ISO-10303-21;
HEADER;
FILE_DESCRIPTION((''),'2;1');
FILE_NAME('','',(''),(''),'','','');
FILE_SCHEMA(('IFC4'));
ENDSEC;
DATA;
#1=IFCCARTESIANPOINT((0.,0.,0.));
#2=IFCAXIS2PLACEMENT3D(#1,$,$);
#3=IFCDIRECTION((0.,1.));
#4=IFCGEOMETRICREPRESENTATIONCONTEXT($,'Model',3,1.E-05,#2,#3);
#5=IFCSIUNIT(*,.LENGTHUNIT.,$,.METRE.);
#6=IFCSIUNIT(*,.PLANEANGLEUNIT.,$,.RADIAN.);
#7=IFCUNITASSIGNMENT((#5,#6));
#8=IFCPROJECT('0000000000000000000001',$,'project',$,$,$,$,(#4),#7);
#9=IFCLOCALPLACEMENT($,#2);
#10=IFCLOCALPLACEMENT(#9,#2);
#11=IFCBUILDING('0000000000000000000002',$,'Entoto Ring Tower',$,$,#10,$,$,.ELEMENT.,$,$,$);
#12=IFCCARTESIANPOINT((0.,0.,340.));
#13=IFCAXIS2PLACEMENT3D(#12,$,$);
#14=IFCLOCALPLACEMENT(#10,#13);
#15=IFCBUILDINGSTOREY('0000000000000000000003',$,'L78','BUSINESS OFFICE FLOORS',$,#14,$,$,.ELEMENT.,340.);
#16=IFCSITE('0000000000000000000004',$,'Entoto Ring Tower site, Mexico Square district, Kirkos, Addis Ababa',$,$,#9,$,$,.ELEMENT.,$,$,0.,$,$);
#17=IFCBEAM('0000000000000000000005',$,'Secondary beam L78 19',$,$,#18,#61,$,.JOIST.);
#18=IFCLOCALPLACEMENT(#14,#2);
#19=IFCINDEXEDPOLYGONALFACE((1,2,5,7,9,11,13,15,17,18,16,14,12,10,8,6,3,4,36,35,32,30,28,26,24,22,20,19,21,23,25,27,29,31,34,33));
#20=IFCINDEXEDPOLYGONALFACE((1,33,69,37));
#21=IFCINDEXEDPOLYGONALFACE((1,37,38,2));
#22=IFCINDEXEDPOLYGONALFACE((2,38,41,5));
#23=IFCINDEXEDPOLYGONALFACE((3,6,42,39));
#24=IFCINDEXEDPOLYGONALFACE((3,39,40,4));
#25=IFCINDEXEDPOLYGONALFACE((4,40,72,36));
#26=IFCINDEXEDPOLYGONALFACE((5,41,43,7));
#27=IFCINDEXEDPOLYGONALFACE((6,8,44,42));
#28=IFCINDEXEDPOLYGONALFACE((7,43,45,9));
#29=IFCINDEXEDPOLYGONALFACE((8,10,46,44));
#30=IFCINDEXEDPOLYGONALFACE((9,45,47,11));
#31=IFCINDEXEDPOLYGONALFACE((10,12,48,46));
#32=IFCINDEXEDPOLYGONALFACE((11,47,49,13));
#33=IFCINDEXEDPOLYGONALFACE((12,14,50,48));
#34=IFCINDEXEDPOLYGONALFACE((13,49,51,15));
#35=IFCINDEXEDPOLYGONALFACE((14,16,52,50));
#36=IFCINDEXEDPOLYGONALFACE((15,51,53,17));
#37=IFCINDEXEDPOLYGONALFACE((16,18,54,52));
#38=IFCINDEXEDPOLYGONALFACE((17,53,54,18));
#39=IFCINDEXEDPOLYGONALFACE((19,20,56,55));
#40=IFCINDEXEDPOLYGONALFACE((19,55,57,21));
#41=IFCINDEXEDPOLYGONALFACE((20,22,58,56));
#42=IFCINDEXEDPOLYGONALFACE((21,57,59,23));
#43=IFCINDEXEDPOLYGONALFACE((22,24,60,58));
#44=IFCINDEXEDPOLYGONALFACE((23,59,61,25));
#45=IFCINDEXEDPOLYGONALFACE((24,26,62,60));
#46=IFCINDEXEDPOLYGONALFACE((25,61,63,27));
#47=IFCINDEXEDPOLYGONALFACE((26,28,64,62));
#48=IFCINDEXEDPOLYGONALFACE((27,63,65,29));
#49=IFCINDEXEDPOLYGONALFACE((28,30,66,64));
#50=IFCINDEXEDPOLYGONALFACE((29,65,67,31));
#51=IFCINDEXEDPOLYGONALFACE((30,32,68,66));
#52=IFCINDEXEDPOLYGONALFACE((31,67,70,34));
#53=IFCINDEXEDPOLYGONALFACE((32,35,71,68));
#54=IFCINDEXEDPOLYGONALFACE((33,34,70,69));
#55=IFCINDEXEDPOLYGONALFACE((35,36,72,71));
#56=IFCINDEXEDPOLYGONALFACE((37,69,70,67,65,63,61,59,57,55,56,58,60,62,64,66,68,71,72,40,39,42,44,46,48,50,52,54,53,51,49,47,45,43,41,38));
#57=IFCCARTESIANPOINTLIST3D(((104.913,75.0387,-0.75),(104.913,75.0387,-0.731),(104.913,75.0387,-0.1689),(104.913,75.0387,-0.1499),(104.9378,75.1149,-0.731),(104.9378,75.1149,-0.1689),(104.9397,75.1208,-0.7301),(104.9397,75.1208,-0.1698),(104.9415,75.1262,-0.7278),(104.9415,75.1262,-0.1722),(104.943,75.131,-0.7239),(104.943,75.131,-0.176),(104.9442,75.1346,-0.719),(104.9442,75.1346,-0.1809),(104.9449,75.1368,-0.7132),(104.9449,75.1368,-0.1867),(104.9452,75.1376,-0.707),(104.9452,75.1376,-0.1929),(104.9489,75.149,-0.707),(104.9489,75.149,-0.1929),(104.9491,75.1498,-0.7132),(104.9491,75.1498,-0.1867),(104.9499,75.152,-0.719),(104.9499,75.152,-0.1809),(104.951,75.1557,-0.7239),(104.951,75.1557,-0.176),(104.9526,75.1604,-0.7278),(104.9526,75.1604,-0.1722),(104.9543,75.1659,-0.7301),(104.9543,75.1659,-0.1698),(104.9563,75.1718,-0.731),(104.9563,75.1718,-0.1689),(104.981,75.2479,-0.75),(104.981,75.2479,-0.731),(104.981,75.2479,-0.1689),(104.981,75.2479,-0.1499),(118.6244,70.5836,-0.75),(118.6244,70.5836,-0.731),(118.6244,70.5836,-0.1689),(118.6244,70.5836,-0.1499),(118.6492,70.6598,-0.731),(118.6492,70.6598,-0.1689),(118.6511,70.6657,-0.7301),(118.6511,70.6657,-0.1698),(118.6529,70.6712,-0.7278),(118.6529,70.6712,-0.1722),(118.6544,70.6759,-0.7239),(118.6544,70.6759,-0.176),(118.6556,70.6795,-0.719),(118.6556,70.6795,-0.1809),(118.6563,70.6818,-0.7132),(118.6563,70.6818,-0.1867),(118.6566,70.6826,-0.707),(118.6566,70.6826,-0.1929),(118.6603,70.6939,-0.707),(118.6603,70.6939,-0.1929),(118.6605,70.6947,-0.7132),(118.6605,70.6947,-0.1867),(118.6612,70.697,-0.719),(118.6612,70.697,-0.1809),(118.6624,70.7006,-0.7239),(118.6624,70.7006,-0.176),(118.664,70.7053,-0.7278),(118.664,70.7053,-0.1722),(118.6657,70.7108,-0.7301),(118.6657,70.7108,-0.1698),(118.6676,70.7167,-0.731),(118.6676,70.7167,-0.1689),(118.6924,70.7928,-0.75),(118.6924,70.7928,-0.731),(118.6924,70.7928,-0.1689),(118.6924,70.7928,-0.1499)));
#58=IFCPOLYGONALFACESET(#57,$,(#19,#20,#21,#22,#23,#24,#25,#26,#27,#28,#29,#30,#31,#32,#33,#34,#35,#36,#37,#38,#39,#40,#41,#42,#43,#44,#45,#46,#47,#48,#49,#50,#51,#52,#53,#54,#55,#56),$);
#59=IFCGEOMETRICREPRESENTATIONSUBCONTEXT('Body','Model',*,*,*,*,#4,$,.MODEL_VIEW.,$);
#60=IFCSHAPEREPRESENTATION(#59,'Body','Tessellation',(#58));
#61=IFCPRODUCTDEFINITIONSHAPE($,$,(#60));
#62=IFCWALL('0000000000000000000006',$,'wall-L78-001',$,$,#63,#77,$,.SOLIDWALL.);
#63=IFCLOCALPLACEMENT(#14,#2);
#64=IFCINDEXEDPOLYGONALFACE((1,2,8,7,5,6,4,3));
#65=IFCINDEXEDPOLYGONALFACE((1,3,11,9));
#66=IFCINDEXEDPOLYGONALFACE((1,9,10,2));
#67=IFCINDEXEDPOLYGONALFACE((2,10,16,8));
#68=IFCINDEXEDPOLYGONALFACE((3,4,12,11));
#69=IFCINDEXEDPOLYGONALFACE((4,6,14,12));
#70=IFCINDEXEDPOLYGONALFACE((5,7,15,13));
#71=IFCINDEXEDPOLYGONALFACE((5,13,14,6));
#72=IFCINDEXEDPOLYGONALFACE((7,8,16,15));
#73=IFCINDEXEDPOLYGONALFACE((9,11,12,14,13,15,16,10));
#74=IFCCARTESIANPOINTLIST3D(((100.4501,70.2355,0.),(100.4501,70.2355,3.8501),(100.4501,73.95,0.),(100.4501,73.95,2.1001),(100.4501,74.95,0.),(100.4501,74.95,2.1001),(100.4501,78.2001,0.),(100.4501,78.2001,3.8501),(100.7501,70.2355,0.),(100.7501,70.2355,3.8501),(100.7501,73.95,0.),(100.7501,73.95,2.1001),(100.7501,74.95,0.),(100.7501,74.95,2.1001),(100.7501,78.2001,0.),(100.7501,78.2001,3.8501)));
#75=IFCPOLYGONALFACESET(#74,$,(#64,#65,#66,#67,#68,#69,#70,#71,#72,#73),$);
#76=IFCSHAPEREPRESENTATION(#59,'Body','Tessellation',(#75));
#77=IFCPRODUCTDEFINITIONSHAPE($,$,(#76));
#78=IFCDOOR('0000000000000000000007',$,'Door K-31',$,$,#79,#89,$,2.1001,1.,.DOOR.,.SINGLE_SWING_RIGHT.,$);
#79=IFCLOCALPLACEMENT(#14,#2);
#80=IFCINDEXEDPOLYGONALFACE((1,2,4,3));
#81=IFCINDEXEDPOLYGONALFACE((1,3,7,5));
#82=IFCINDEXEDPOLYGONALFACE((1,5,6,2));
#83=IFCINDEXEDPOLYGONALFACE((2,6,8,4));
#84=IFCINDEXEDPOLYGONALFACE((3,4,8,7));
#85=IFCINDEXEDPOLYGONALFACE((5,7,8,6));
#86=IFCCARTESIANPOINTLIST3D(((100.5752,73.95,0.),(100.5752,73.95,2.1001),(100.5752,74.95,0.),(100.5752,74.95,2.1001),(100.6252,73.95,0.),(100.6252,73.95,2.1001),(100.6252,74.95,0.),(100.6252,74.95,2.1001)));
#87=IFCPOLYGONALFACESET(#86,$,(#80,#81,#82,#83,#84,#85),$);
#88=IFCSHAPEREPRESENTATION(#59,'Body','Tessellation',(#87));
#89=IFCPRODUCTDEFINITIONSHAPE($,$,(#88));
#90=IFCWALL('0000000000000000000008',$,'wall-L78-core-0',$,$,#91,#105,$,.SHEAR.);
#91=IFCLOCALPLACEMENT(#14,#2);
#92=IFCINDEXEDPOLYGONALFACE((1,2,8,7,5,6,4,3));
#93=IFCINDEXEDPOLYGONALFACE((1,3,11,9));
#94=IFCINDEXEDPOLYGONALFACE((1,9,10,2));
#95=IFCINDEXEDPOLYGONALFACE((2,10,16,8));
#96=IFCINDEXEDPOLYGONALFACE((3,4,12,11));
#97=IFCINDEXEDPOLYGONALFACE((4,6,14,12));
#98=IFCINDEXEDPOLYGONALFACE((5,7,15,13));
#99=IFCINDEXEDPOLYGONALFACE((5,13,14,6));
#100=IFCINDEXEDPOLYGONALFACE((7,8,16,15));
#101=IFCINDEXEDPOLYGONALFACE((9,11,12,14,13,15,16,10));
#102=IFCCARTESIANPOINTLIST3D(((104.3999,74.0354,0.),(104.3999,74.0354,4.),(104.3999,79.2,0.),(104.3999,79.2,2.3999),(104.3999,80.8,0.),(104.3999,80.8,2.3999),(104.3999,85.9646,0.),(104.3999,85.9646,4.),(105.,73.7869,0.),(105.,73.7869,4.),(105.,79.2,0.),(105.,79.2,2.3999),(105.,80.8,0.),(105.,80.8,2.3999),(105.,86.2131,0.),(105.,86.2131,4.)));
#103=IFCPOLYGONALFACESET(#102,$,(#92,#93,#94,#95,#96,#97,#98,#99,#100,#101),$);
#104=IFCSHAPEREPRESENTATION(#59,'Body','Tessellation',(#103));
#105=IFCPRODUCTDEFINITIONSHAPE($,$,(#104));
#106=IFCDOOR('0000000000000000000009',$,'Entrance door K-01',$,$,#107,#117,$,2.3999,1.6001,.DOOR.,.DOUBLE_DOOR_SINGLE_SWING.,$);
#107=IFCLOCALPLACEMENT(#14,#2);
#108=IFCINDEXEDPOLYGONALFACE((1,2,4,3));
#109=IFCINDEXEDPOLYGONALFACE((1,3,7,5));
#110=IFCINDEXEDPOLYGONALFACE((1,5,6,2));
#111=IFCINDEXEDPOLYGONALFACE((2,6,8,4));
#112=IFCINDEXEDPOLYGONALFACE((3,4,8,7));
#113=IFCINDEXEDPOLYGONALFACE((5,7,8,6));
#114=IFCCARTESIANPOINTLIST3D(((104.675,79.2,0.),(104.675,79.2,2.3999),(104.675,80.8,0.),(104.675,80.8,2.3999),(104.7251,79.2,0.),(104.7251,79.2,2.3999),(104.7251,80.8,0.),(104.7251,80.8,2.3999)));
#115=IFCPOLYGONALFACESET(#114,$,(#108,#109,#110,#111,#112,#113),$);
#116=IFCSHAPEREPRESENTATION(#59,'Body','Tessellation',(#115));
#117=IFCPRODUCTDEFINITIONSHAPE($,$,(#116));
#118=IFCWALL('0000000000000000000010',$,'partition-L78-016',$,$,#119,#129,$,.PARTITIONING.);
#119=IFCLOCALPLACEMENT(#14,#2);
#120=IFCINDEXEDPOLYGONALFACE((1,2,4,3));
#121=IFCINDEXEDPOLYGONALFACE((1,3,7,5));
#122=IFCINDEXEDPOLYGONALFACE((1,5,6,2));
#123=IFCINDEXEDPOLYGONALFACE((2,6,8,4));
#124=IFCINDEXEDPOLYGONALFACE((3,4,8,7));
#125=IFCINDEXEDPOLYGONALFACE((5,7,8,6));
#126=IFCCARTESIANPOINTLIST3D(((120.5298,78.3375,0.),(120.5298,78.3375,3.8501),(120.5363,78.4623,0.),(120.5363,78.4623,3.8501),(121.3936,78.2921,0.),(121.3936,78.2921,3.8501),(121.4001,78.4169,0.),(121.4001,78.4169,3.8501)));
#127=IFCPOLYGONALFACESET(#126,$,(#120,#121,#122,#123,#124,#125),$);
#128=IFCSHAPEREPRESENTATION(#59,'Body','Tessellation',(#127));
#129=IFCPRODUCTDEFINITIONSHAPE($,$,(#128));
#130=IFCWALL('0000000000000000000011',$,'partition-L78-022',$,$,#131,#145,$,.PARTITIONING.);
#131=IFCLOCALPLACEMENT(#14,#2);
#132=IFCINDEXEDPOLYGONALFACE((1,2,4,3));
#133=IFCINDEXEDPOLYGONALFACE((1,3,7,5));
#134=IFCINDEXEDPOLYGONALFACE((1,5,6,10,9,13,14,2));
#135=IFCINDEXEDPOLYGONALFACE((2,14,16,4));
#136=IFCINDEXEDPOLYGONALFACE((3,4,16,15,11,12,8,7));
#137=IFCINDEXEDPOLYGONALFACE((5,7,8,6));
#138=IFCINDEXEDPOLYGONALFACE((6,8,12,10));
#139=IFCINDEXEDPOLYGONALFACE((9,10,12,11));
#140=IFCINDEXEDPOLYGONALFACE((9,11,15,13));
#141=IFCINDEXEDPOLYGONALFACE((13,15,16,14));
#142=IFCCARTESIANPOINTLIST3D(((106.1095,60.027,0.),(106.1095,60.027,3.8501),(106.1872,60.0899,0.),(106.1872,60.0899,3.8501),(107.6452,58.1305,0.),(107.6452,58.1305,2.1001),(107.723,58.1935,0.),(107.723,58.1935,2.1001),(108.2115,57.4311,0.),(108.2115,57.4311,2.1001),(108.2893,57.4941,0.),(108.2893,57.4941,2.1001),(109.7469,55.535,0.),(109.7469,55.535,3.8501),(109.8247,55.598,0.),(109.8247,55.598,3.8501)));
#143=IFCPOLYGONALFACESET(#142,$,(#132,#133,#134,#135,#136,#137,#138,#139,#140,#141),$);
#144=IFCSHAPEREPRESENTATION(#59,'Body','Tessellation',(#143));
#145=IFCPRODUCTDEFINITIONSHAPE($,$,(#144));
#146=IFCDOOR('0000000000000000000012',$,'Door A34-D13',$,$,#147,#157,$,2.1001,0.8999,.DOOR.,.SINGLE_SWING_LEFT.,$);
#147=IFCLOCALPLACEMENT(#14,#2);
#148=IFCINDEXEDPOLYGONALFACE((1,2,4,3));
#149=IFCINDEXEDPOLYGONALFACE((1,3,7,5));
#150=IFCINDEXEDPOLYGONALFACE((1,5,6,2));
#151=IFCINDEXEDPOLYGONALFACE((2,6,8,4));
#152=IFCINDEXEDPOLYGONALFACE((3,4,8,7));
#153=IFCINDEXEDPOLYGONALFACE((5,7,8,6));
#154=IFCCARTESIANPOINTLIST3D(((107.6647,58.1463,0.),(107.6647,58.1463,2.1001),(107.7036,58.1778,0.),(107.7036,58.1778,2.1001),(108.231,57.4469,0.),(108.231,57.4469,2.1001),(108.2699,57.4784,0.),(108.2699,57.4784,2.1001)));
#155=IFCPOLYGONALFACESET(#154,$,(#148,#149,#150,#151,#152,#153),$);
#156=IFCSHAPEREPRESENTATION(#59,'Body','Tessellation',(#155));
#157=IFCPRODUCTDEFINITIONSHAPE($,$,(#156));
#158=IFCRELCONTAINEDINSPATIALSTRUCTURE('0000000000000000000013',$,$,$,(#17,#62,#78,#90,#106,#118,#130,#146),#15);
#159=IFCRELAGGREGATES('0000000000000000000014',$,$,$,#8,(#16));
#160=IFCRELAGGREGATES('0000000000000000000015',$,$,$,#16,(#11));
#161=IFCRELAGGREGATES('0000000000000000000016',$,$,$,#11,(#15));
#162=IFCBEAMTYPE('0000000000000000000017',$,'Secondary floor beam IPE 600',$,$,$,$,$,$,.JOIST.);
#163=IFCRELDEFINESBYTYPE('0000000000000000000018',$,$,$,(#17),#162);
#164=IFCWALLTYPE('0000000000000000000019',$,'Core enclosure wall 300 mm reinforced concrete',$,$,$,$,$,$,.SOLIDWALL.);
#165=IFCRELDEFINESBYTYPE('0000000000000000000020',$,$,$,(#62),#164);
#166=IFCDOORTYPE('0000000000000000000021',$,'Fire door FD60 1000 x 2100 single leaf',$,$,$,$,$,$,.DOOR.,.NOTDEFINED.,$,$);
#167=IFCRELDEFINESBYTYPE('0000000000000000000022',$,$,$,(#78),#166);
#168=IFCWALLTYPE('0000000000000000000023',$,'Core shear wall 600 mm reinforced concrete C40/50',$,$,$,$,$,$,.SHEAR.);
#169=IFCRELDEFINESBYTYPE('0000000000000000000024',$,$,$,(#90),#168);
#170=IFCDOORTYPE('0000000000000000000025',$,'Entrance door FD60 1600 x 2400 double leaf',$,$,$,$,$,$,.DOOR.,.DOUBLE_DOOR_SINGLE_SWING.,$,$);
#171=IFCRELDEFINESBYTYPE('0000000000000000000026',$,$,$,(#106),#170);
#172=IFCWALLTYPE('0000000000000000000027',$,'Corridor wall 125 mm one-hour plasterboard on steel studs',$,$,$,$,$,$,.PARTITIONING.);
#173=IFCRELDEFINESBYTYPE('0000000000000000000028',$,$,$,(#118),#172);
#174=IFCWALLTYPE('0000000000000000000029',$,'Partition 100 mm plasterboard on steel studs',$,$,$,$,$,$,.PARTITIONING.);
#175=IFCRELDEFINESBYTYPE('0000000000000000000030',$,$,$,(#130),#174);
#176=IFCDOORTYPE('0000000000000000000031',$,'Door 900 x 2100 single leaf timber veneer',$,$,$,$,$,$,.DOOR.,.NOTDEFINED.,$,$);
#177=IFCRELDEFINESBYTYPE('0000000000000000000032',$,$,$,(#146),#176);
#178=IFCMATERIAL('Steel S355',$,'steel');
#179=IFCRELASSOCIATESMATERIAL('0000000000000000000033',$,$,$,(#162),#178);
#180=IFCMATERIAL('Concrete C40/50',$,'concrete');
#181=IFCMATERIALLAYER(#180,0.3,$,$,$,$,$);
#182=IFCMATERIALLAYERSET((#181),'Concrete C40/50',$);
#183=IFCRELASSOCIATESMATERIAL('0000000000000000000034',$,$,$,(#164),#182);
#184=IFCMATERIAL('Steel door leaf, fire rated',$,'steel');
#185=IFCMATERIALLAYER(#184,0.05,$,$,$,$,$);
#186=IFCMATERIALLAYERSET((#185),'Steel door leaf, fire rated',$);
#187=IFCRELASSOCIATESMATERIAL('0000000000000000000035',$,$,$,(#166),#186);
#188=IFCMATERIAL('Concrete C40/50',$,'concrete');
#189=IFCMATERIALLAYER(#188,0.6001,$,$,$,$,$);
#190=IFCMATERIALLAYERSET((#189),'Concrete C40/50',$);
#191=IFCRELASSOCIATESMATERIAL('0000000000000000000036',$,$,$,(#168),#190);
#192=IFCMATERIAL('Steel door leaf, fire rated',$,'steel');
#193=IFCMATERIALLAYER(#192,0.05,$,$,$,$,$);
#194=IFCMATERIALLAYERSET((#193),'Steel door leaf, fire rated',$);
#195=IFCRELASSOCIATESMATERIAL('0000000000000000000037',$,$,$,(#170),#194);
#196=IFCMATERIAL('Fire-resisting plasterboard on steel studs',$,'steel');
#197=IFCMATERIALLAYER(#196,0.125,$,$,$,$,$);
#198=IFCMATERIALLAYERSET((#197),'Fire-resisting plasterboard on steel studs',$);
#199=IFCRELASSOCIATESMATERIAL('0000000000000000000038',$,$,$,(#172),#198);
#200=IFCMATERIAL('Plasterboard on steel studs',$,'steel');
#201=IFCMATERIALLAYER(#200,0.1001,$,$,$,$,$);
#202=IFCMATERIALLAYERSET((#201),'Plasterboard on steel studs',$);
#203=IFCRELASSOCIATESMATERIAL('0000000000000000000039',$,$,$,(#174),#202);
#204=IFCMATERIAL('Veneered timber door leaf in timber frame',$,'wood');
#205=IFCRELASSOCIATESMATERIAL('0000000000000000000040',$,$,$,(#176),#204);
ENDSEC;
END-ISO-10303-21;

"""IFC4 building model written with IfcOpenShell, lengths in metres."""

from ifc_helpers import new_model, si_unit, direction, frame, frame_2d, origin, origin_2d, place, context, subcontext, project, spatial, polyline, rectangle, i_section, outline, extrude, material, layer, layer_set, material_profile, profile_set, type_object, element, fill, save


model = new_model("IFC4")

# Units and contexts
model_context = context("Model", 3, precision=1e-05, world=origin(), true_north=direction((0.0, 1.0)))
body_context = subcontext(model_context, "Body", "Model", "MODEL_VIEW")
ifc_project = project(units=[si_unit("LENGTHUNIT", "METRE"), si_unit("PLANEANGLEUNIT", "RADIAN")], contexts=[model_context])

# Site, building, storey
site_placement = place(None, origin())
site = spatial("IfcSite", under=ifc_project, at=site_placement, Name="Entoto Ring Tower site, Mexico Square district, Kirkos, Addis Ababa", CompositionType="ELEMENT", RefElevation=0.0)
building_placement = place(site_placement, origin())
building = spatial("IfcBuilding", under=site, at=building_placement, Name="Entoto Ring Tower", CompositionType="ELEMENT")
storey_placement = place(building_placement, frame((0.0, 0.0, 340.0)))
storey = spatial("IfcBuildingStorey", under=building, at=storey_placement, Name="L78", Description="BUSINESS OFFICE FLOORS", CompositionType="ELEMENT", Elevation=340.0)

# Beam
ifc_material_1 = material(Name="Steel S355", Category="steel")
ifc_material_profile_1 = material_profile(ifc_material_1, i_section(OverallWidth=0.22, OverallDepth=0.6001, WebThickness=0.012, FlangeThickness=0.019, FilletRadius=0.0239, at=origin_2d()), Name="IPE 600")
ifc_profile_set_1 = profile_set([ifc_material_profile_1], Name="Steel S355")
beam_type_1 = type_object("IfcBeamType", Name="Secondary floor beam IPE 600", PredefinedType="JOIST", material=ifc_profile_set_1)
beam_1_placement = place(storey_placement, frame((104.947, 75.1433, -0.45), z_axis=(0.951057, -0.309015, 0.0), x_axis=(0.309015, 0.951057, 0.0)))
element("IfcBeam", 1, at=beam_1_placement, inside=storey, type_object=beam_type_1, Name="Secondary beam L78 19", PredefinedType="JOIST", context=body_context, shape_type="SweptSolid", body=[
    extrude(i_section(OverallWidth=0.22, OverallDepth=0.6001, WebThickness=0.012, FlangeThickness=0.019, FilletRadius=0.0239, at=origin_2d()), origin(), (0.0, 0.0, 1.0), 14.417),
])

# Walls, openings, doors
ifc_material_2 = material(Name="Concrete C40/50", Category="concrete")
ifc_layer_1 = layer(ifc_material_2, 0.3)
ifc_layer_set_1 = layer_set([ifc_layer_1], Name="Concrete C40/50")
wall_type_1 = type_object("IfcWallType", Name="Core enclosure wall 300 mm reinforced concrete", PredefinedType="SOLIDWALL", material=ifc_layer_set_1)
wall_1_placement = place(storey_placement, frame((100.6001, 70.2354, 0.0), z_axis=(0.0, 0.0, 1.0), x_axis=(0.0, 1.0, 0.0)))
wall_1 = element("IfcWall", 2, at=wall_1_placement, inside=storey, type_object=wall_type_1, Name="wall-L78-001", PredefinedType="SOLIDWALL", context=body_context, shape_type="SweptSolid", body=[
    extrude(rectangle(XDim=7.9646, YDim=0.3, at=frame_2d((3.9824, 0.0))), origin(), (0.0, 0.0, 1.0), 3.8501),
])
opening_1_placement = place(wall_1_placement, frame((3.7146, 0.0, 0.0)))
opening_1 = element("IfcOpeningElement", 3, at=opening_1_placement, cuts=wall_1, PredefinedType="OPENING", context=body_context, shape_type="SweptSolid", body=[
    extrude(rectangle(XDim=1.0, YDim=2.1001, at=frame_2d((0.5, 1.05))), frame((0.0, 0.1602, 0.0), z_axis=(0.0, -1.0, 0.0), x_axis=(1.0, 0.0, 0.0)), (0.0, 0.0, 1.0), 0.3201),
])
ifc_material_3 = material(Name="Steel door leaf, fire rated", Category="steel")
ifc_layer_2 = layer(ifc_material_3, 0.05)
ifc_layer_set_2 = layer_set([ifc_layer_2], Name="Steel door leaf, fire rated")
door_type_1 = type_object("IfcDoorType", Name="Fire door FD60 1000 x 2100 single leaf", OperationType="NOTDEFINED", PredefinedType="DOOR", material=ifc_layer_set_2)
door_1_placement = place(opening_1_placement, origin())
door_1 = element("IfcDoor", 4, at=door_1_placement, inside=storey, type_object=door_type_1, Name="Door K-31", OperationType="SINGLE_SWING_RIGHT", OverallHeight=2.1001, OverallWidth=1.0, PredefinedType="DOOR", context=body_context, shape_type="SweptSolid", body=[
    extrude(rectangle(XDim=1.0, YDim=2.1001, at=frame_2d((0.5, 1.05))), frame((0.0, 0.0249, 0.0), z_axis=(0.0, -1.0, 0.0), x_axis=(1.0, 0.0, 0.0)), (0.0, 0.0, 1.0), 0.05),
])
fill(opening_1, door_1)
ifc_material_4 = material(Name="Concrete C40/50", Category="concrete")
ifc_layer_3 = layer(ifc_material_4, 0.6001)
ifc_layer_set_3 = layer_set([ifc_layer_3], Name="Concrete C40/50")
wall_type_2 = type_object("IfcWallType", Name="Core shear wall 600 mm reinforced concrete C40/50", PredefinedType="SHEAR", material=ifc_layer_set_3)
wall_2_placement = place(storey_placement, frame((104.7, 73.9111, 0.0), z_axis=(0.0, 0.0, 1.0), x_axis=(0.0, 1.0, 0.0)))
wall_2 = element("IfcWall", 5, at=wall_2_placement, inside=storey, type_object=wall_type_2, Name="wall-L78-core-0", PredefinedType="SHEAR", context=body_context, shape_type="SweptSolid", body=[
    extrude(outline(polyline([(-0.1243, -0.3), (12.302, -0.3), (12.0535, 0.3), (0.1243, 0.3), (-0.1243, -0.3)])), origin(), (0.0, 0.0, 1.0), 4.0),
])
opening_2_placement = place(wall_2_placement, frame((5.2888, 0.0, 0.0)))
opening_2 = element("IfcOpeningElement", 6, at=opening_2_placement, cuts=wall_2, PredefinedType="OPENING", context=body_context, shape_type="SweptSolid", body=[
    extrude(rectangle(XDim=1.6001, YDim=2.3999, at=frame_2d((0.8, 1.2))), frame((0.0, 0.3101, 0.0), z_axis=(0.0, -1.0, 0.0), x_axis=(1.0, 0.0, 0.0)), (0.0, 0.0, 1.0), 0.6201),
])
ifc_material_5 = material(Name="Steel door leaf, fire rated", Category="steel")
ifc_layer_4 = layer(ifc_material_5, 0.05)
ifc_layer_set_4 = layer_set([ifc_layer_4], Name="Steel door leaf, fire rated")
door_type_2 = type_object("IfcDoorType", Name="Entrance door FD60 1600 x 2400 double leaf", OperationType="DOUBLE_DOOR_SINGLE_SWING", PredefinedType="DOOR", material=ifc_layer_set_4)
door_2_placement = place(opening_2_placement, origin())
door_2 = element("IfcDoor", 7, at=door_2_placement, inside=storey, type_object=door_type_2, Name="Entrance door K-01", OperationType="DOUBLE_DOOR_SINGLE_SWING", OverallHeight=2.3999, OverallWidth=1.6001, PredefinedType="DOOR", context=body_context, shape_type="SweptSolid", body=[
    extrude(rectangle(XDim=1.6001, YDim=2.3999, at=frame_2d((0.8, 1.2))), frame((0.0, 0.0249, 0.0), z_axis=(0.0, -1.0, 0.0), x_axis=(1.0, 0.0, 0.0)), (0.0, 0.0, 1.0), 0.05),
])
fill(opening_2, door_2)

# Wall
ifc_material_6 = material(Name="Fire-resisting plasterboard on steel studs", Category="steel")
ifc_layer_5 = layer(ifc_material_6, 0.125)
ifc_layer_set_5 = layer_set([ifc_layer_5], Name="Fire-resisting plasterboard on steel studs")
wall_type_3 = type_object("IfcWallType", Name="Corridor wall 125 mm one-hour plasterboard on steel studs", PredefinedType="PARTITIONING", material=ifc_layer_set_5)
wall_3_placement = place(storey_placement, frame((121.397, 78.3545, 0.0), z_axis=(0.0, 0.0, 1.0), x_axis=(-0.998621, 0.0525, 0.0)))
element("IfcWall", 8, at=wall_3_placement, inside=storey, type_object=wall_type_3, Name="partition-L78-016", PredefinedType="PARTITIONING", context=body_context, shape_type="SweptSolid", body=[
    extrude(rectangle(XDim=0.865, YDim=0.125, at=frame_2d((0.4326, 0.0))), origin(), (0.0, 0.0, 1.0), 3.8501),
])

# Wall, opening, door
ifc_material_7 = material(Name="Plasterboard on steel studs", Category="steel")
ifc_layer_6 = layer(ifc_material_7, 0.1001)
ifc_layer_set_6 = layer_set([ifc_layer_6], Name="Plasterboard on steel studs")
wall_type_4 = type_object("IfcWallType", Name="Partition 100 mm plasterboard on steel studs", PredefinedType="PARTITIONING", material=ifc_layer_set_6)
wall_4_placement = place(storey_placement, frame((109.7859, 55.5664, 0.0), z_axis=(0.0, 0.0, 1.0), x_axis=(-0.629315, 0.77715, 0.0)))
wall_4 = element("IfcWall", 9, at=wall_4_placement, inside=storey, type_object=wall_type_4, Name="partition-L78-022", PredefinedType="PARTITIONING", context=body_context, shape_type="SweptSolid", body=[
    extrude(rectangle(XDim=5.78, YDim=0.1001, at=frame_2d((2.8901, 0.0))), origin(), (0.0, 0.0, 1.0), 3.8501),
])
opening_3_placement = place(wall_4_placement, frame((2.4399, 0.0, 0.0)))
opening_3 = element("IfcOpeningElement", 10, at=opening_3_placement, cuts=wall_4, PredefinedType="OPENING", context=body_context, shape_type="SweptSolid", body=[
    extrude(rectangle(XDim=0.8999, YDim=2.1001, at=frame_2d((0.45, 1.05))), frame((0.0, 0.0601, 0.0), z_axis=(0.0, -1.0, 0.0), x_axis=(1.0, 0.0, 0.0)), (0.0, 0.0, 1.0), 0.1201),
])
ifc_material_8 = material(Name="Veneered timber door leaf in timber frame", Category="wood")
door_type_3 = type_object("IfcDoorType", Name="Door 900 x 2100 single leaf timber veneer", OperationType="NOTDEFINED", PredefinedType="DOOR", material=ifc_material_8)
door_3_placement = place(opening_3_placement, origin())
door_3 = element("IfcDoor", 11, at=door_3_placement, inside=storey, type_object=door_type_3, Name="Door A34-D13", OperationType="SINGLE_SWING_LEFT", OverallHeight=2.1001, OverallWidth=0.8999, PredefinedType="DOOR", context=body_context, shape_type="SweptSolid", body=[
    extrude(rectangle(XDim=0.8999, YDim=2.1001, at=frame_2d((0.45, 1.05))), frame((0.0, 0.0249, 0.0), z_axis=(0.0, -1.0, 0.0), x_axis=(1.0, 0.0, 0.0)), (0.0, 0.0, 1.0), 0.05),
])
fill(opening_3, door_3)

save(model, "model.ifc")
